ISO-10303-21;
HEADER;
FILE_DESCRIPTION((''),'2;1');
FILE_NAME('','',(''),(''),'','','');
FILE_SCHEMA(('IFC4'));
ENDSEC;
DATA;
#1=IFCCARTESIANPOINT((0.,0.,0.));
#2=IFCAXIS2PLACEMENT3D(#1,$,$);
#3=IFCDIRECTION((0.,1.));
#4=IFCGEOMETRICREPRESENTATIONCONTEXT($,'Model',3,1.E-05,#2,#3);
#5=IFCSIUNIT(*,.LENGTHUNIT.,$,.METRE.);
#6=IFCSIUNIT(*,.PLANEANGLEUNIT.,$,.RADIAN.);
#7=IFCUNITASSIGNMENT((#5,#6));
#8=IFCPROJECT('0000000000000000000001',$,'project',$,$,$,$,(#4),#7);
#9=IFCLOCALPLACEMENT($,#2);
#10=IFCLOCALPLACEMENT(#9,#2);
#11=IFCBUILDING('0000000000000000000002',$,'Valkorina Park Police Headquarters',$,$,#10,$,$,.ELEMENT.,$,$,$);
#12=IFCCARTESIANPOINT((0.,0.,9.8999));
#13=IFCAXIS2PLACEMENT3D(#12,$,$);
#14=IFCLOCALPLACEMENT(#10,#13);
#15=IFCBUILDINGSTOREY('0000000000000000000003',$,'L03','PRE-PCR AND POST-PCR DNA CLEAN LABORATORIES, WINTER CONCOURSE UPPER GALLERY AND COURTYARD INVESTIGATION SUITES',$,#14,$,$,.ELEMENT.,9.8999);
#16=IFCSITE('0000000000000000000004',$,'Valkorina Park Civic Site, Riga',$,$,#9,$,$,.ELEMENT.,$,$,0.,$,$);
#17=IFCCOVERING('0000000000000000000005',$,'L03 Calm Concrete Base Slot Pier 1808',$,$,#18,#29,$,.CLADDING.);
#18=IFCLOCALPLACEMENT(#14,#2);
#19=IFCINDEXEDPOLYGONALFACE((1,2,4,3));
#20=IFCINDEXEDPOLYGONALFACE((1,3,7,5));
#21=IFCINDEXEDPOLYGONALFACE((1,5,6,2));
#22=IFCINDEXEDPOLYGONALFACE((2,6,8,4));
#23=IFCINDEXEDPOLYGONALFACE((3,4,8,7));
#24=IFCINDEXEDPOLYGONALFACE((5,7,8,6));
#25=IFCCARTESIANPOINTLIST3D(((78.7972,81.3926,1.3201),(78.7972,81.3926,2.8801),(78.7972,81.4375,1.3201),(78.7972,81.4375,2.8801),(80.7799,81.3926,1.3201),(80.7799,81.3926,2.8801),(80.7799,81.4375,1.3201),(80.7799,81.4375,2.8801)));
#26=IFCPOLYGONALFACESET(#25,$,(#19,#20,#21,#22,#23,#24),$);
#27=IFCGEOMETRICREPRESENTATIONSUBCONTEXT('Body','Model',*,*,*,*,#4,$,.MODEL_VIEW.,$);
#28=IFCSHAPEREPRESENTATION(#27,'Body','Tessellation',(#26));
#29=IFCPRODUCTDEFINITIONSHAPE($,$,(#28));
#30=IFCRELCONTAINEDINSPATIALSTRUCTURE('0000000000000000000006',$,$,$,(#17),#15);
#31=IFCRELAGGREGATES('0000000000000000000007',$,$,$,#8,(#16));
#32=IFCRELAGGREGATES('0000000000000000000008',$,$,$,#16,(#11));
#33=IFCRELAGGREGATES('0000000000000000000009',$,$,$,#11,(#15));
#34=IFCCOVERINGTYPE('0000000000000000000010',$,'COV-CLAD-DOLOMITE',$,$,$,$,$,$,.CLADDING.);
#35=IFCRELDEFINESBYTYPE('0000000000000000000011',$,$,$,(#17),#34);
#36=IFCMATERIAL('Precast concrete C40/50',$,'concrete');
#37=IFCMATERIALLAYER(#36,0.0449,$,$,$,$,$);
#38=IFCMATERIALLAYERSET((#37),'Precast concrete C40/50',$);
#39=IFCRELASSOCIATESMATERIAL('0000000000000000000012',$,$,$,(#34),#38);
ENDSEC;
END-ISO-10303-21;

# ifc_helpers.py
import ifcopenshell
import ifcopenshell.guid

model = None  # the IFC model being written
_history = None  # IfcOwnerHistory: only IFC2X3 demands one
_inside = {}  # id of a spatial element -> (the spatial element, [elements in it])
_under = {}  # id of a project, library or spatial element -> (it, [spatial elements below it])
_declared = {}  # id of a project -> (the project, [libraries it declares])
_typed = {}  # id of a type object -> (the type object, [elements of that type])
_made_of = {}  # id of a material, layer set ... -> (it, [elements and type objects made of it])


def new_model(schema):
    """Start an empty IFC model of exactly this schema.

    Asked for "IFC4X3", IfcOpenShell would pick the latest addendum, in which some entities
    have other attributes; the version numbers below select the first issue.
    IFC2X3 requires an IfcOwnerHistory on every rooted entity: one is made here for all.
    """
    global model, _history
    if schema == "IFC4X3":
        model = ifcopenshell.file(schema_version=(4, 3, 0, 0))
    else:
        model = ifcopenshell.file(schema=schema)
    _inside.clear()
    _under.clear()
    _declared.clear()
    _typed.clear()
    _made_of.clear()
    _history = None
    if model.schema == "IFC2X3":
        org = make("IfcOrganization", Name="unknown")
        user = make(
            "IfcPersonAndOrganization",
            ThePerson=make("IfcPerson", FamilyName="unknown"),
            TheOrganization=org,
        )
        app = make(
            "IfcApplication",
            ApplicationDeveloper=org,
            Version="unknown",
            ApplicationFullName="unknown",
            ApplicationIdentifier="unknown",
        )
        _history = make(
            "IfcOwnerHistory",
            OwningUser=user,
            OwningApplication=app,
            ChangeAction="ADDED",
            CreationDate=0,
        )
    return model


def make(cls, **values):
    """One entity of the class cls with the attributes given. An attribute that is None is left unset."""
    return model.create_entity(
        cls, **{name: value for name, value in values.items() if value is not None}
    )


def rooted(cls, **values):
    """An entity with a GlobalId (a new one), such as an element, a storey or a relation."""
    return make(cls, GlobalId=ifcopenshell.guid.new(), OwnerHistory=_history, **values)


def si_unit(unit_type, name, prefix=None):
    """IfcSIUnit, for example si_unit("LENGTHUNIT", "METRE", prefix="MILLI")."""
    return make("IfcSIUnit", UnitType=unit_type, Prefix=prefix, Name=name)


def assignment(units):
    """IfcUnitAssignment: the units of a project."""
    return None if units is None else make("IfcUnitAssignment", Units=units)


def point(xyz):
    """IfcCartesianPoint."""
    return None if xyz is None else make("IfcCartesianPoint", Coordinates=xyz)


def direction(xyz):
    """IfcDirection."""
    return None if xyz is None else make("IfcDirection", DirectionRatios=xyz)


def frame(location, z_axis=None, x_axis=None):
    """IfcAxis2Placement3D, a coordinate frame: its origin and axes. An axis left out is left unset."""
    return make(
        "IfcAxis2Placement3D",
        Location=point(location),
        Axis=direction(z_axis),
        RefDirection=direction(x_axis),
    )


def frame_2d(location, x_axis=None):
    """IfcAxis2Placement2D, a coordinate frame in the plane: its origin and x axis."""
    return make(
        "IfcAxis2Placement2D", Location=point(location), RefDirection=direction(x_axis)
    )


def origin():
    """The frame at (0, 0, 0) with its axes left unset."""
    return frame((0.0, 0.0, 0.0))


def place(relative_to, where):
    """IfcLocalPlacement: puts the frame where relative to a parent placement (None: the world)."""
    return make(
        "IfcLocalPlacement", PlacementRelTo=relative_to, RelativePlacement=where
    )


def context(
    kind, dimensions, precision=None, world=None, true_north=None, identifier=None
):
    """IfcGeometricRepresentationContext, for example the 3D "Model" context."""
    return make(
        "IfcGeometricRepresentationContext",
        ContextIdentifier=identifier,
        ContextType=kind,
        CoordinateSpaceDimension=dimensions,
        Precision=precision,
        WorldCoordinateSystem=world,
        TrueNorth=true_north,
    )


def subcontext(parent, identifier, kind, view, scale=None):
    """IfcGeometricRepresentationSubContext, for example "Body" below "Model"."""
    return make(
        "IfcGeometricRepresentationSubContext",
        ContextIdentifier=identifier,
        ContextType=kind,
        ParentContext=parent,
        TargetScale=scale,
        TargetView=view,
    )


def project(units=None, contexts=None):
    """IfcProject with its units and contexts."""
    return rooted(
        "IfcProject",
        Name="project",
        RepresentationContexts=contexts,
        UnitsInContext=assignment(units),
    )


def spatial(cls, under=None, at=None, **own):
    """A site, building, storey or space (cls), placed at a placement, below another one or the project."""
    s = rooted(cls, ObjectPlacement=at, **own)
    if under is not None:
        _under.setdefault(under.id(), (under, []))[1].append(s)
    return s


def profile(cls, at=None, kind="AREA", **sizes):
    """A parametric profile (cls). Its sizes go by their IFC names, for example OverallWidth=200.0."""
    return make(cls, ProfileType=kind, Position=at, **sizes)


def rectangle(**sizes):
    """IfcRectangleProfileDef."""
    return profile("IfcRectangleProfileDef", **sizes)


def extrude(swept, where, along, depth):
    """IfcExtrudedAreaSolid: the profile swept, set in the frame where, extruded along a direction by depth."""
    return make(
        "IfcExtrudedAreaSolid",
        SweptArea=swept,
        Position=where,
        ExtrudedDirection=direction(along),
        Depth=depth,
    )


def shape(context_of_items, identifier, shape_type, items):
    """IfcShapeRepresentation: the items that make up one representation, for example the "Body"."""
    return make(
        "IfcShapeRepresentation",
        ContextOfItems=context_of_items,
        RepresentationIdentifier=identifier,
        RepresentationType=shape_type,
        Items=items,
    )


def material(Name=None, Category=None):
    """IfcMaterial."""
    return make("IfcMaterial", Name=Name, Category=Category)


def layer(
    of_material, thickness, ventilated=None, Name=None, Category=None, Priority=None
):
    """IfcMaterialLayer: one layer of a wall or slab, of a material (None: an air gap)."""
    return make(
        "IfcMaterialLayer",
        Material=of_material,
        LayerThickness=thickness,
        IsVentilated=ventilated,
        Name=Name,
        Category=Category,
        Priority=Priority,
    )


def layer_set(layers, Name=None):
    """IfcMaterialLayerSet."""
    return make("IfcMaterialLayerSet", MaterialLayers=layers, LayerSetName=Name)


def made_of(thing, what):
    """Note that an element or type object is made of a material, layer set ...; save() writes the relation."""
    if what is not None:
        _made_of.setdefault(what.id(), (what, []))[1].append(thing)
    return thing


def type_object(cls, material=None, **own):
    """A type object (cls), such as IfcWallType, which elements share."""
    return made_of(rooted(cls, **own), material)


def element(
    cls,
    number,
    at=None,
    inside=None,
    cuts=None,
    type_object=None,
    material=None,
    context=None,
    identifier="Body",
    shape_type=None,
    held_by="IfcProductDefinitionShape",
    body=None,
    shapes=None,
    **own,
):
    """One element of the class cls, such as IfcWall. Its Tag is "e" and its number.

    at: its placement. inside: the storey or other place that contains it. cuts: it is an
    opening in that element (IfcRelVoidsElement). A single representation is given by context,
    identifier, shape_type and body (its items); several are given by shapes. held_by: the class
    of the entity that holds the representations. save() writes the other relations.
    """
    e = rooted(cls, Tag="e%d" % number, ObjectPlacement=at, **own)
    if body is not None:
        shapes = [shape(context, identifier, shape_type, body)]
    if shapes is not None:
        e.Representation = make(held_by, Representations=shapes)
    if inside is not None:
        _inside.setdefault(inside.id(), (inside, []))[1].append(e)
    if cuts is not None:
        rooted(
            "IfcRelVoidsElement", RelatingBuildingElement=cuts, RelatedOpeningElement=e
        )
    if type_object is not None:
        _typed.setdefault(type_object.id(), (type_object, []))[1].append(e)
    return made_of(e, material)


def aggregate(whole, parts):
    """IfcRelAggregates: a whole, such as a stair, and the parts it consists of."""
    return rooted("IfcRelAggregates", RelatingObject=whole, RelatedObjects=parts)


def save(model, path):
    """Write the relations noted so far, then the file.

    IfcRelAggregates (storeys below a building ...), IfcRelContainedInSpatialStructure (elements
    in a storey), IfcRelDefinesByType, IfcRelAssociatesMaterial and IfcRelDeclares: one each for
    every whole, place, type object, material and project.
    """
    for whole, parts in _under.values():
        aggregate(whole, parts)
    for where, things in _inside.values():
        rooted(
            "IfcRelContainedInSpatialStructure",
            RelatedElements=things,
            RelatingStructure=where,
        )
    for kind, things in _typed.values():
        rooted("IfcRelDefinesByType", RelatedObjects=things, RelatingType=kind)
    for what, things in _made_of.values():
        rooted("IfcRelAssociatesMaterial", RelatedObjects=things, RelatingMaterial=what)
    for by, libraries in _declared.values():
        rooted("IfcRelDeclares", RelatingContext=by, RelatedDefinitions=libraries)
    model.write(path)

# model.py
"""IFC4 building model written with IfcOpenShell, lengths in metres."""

from ifc_helpers import new_model, si_unit, direction, frame, frame_2d, origin, place, context, subcontext, project, spatial, rectangle, extrude, material, layer, layer_set, type_object, element, save


model = new_model("IFC4")

# Units and contexts
model_context = context("Model", 3, precision=1e-05, world=origin(), true_north=direction((0.0, 1.0)))
body_context = subcontext(model_context, "Body", "Model", "MODEL_VIEW")
ifc_project = project(units=[si_unit("LENGTHUNIT", "METRE"), si_unit("PLANEANGLEUNIT", "RADIAN")], contexts=[model_context])

# Site, building, storey
site_placement = place(None, origin())
site = spatial("IfcSite", under=ifc_project, at=site_placement, Name="Valkorina Park Civic Site, Riga", CompositionType="ELEMENT", RefElevation=0.0)
building_placement = place(site_placement, origin())
building = spatial("IfcBuilding", under=site, at=building_placement, Name="Valkorina Park Police Headquarters", CompositionType="ELEMENT")
storey_placement = place(building_placement, frame((0.0, 0.0, 9.8999)))
storey = spatial("IfcBuildingStorey", under=building, at=storey_placement, Name="L03", Description="PRE-PCR AND POST-PCR DNA CLEAN LABORATORIES, WINTER CONCOURSE UPPER GALLERY AND COURTYARD INVESTIGATION SUITES", CompositionType="ELEMENT", Elevation=9.8999)

# Shared definitions
ifc_material_1 = material(Name="Precast concrete C40/50", Category="concrete")

# Covering
ifc_layer_1 = layer(ifc_material_1, 0.0449)
ifc_layer_set_1 = layer_set([ifc_layer_1], Name="Precast concrete C40/50")
covering_type = type_object("IfcCoveringType", Name="COV-CLAD-DOLOMITE", PredefinedType="CLADDING", material=ifc_layer_set_1)
covering_1_placement = place(storey_placement, frame((78.7974, 81.415, 1.3201), z_axis=(0.0, 0.0, 1.0), x_axis=(1.0, 0.0, 0.0)))
element("IfcCovering", 1, at=covering_1_placement, inside=storey, type_object=covering_type, Name="L03 Calm Concrete Base Slot Pier 1808", PredefinedType="CLADDING", context=body_context, shape_type="SweptSolid", body=[
    extrude(rectangle(XDim=1.9827, YDim=0.0449, at=frame_2d((0.9912, 0.0))), origin(), (0.0, 0.0, 1.0), 1.5601),
])

save(model, "model.ifc")
